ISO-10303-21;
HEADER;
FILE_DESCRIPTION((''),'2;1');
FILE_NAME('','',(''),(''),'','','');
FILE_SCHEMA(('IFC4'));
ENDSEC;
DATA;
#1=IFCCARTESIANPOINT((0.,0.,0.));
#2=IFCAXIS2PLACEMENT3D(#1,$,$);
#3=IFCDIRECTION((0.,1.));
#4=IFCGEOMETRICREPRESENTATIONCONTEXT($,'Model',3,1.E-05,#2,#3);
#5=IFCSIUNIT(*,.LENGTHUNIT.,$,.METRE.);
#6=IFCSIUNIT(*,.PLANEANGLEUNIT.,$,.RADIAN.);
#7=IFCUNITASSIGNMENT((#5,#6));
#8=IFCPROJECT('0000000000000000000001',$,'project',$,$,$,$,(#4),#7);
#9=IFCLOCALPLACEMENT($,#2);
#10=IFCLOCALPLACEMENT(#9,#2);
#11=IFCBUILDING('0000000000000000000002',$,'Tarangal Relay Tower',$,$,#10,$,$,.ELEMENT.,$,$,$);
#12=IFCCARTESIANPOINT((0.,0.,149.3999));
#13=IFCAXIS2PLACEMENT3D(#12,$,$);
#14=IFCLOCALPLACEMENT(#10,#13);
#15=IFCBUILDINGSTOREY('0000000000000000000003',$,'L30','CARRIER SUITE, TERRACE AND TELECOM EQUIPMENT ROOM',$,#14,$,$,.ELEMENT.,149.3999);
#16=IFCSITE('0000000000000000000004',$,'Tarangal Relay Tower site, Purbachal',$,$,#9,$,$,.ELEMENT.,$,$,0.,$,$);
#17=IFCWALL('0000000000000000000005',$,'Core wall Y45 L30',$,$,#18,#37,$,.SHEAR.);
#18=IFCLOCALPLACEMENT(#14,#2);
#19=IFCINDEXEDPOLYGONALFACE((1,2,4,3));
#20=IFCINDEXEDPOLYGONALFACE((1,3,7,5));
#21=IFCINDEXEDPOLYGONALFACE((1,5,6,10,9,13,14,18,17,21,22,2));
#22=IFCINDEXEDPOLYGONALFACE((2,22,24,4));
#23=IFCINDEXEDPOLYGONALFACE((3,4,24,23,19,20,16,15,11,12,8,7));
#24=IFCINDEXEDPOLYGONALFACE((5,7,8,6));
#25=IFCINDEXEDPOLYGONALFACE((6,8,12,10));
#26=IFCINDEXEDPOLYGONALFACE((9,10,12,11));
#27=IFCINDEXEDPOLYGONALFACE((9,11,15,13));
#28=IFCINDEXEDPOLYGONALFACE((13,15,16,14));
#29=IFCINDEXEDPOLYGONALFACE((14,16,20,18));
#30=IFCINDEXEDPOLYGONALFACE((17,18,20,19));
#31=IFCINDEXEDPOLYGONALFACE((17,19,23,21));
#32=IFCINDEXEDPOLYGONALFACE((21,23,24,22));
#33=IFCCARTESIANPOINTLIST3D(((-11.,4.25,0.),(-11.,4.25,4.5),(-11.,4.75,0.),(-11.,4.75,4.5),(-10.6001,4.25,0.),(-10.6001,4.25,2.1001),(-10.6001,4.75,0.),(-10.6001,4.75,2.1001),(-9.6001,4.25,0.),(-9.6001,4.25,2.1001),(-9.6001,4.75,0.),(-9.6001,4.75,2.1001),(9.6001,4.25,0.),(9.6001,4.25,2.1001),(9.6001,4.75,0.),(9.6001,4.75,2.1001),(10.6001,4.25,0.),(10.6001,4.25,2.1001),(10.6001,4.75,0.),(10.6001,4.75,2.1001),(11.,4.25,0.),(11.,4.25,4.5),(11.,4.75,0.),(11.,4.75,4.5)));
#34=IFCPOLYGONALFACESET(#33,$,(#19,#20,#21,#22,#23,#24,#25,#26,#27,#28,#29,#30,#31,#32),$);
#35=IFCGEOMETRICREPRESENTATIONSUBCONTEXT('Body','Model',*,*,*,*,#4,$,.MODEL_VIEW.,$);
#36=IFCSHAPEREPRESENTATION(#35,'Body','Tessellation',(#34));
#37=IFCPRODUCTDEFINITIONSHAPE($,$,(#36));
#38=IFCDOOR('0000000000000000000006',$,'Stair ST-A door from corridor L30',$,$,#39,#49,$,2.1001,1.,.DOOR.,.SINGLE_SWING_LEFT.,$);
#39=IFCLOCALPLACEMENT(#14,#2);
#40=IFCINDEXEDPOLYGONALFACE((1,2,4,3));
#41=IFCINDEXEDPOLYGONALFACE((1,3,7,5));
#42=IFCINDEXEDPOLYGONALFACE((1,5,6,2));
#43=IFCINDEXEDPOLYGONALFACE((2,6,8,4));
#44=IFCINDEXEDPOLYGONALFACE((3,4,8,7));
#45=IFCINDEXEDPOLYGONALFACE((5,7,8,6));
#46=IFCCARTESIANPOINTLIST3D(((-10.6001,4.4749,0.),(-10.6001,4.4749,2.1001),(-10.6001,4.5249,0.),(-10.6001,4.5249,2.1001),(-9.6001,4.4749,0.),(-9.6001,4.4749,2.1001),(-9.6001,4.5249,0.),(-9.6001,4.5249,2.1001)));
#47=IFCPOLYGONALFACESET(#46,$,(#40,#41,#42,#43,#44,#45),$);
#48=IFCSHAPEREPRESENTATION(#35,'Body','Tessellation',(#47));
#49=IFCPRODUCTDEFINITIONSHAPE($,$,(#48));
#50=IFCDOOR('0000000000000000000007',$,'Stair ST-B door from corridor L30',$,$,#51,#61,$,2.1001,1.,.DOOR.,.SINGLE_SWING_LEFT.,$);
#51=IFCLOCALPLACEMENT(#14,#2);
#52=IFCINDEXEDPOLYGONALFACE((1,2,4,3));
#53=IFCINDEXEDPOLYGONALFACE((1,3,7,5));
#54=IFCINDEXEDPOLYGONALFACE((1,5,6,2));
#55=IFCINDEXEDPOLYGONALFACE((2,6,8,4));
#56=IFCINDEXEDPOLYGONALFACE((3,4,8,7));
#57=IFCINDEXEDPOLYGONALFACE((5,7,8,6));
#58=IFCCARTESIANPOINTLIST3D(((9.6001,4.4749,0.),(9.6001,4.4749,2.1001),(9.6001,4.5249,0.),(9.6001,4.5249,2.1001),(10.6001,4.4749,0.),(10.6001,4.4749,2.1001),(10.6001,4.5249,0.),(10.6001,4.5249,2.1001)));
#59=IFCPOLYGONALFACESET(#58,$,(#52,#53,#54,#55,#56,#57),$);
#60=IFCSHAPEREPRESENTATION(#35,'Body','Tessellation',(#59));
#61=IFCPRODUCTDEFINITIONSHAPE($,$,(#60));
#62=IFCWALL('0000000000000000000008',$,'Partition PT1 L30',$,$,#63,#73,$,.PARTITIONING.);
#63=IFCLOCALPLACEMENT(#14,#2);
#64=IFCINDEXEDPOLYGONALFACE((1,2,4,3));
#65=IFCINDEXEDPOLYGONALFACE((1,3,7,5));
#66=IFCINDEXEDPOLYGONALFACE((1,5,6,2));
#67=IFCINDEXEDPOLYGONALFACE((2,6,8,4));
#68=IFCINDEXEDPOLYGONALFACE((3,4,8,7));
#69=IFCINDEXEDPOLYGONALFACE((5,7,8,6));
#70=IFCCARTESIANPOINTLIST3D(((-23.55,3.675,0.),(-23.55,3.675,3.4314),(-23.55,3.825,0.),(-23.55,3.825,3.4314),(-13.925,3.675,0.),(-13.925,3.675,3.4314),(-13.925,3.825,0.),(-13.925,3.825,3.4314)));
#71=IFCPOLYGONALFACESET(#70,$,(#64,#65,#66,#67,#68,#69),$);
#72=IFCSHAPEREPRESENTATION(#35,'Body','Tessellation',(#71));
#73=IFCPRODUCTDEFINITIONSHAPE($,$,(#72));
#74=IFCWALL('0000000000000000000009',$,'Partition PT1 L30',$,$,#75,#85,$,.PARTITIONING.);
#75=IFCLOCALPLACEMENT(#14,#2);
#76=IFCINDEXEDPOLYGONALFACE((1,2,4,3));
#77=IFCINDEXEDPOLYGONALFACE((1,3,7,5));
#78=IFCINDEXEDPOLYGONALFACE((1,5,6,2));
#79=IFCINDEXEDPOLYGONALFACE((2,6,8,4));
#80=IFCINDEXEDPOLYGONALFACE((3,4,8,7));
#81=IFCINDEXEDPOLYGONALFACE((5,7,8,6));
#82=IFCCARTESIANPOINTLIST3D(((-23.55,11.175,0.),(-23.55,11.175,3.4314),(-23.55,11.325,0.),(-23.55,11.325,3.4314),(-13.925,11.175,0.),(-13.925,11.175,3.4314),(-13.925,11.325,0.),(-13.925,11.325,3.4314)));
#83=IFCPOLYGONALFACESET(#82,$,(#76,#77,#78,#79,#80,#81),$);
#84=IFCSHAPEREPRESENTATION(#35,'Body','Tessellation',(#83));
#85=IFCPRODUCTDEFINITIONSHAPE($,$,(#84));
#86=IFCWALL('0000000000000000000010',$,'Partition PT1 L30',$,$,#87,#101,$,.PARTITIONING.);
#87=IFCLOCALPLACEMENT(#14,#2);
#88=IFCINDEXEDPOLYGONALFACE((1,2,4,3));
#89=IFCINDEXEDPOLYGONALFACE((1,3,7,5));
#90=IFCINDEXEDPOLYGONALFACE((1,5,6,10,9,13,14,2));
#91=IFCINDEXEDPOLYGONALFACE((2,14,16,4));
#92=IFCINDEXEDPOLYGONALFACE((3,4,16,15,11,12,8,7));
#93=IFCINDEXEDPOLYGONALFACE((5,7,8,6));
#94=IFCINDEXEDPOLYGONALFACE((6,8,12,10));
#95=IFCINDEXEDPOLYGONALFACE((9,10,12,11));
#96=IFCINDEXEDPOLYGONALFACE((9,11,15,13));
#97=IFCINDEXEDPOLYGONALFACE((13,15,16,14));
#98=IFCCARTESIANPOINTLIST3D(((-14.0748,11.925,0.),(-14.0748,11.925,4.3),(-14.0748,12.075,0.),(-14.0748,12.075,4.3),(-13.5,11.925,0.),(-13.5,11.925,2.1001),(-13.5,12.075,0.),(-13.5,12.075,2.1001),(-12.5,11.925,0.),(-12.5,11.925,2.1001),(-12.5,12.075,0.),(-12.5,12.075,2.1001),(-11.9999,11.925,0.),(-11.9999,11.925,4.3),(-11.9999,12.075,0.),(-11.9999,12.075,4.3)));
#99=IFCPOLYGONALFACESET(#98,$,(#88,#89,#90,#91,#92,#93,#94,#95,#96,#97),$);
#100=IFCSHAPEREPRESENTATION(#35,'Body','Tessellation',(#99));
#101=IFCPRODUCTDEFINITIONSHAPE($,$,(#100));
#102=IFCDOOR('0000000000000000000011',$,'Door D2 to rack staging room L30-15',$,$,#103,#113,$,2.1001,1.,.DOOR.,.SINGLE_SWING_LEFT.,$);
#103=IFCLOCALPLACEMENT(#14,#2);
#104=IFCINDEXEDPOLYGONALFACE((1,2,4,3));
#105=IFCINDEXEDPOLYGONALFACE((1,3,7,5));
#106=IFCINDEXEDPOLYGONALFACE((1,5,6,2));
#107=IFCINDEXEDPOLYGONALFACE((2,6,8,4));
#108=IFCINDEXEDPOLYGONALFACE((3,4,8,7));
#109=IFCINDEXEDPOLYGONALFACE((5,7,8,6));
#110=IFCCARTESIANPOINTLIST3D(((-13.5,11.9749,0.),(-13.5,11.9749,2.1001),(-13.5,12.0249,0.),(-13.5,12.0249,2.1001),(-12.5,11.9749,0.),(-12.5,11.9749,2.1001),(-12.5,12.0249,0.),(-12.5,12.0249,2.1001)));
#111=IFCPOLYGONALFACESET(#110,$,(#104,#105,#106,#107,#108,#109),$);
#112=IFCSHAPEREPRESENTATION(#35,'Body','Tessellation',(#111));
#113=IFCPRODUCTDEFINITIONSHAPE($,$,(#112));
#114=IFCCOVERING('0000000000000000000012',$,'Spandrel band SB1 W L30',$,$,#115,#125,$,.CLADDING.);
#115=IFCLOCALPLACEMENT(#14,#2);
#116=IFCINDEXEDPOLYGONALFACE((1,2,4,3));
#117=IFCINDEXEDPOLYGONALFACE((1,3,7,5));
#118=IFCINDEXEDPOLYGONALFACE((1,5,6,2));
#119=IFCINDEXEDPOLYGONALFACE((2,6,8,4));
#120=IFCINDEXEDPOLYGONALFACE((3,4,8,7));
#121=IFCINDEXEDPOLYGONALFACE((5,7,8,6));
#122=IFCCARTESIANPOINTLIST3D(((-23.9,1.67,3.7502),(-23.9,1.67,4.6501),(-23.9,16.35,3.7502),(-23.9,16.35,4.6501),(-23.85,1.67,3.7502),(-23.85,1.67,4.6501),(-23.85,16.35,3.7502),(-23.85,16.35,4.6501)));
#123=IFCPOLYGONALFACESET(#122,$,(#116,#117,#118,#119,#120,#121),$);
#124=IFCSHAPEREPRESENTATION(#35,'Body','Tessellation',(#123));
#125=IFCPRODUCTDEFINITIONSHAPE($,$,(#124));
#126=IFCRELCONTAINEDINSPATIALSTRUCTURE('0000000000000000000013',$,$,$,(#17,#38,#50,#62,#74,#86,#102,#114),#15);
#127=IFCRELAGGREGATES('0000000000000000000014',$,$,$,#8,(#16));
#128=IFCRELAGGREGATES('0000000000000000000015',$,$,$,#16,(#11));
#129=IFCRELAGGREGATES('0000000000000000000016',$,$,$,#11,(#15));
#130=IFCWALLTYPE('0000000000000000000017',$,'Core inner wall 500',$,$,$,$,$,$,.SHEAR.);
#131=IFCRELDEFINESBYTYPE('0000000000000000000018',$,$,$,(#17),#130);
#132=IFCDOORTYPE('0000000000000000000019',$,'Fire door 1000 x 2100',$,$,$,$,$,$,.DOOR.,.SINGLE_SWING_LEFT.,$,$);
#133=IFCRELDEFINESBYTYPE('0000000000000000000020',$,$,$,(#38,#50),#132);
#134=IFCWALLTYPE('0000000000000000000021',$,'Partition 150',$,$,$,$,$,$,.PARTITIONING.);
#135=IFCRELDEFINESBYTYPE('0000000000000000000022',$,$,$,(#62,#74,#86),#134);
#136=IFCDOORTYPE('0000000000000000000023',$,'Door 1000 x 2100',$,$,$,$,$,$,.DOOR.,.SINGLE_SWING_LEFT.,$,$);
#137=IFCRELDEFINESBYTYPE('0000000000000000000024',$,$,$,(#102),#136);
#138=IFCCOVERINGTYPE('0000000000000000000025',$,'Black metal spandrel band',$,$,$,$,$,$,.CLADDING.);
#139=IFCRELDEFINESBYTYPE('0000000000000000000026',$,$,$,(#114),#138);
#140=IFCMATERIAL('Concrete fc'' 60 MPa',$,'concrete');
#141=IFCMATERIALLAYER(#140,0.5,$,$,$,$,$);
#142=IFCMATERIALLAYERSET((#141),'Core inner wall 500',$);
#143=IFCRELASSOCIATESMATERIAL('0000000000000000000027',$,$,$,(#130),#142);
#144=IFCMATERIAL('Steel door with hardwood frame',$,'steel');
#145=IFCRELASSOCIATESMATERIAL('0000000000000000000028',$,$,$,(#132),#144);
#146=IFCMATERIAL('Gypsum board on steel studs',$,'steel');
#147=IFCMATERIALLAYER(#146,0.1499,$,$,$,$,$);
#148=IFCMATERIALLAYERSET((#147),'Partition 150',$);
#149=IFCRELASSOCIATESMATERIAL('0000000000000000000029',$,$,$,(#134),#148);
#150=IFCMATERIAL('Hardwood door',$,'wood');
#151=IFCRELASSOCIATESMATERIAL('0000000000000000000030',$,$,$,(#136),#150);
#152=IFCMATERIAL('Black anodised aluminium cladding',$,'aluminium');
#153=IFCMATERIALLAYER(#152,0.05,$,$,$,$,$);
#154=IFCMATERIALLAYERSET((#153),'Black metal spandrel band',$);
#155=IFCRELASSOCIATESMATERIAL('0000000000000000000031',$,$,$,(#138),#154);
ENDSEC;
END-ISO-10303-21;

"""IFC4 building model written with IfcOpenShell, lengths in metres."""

from ifc_helpers import new_model, si_unit, direction, frame, frame_2d, origin, origin_2d, place, context, subcontext, project, spatial, rectangle, extrude, material, layer, layer_set, type_object, element, fill, save


model = new_model("IFC4")

# Units and contexts
model_context = context("Model", 3, precision=1e-05, world=origin(), true_north=direction((0.0, 1.0)))
body_context = subcontext(model_context, "Body", "Model", "MODEL_VIEW")
ifc_project = project(units=[si_unit("LENGTHUNIT", "METRE"), si_unit("PLANEANGLEUNIT", "RADIAN")], contexts=[model_context])

# Site, building, storey
site_placement = place(None, origin())
site = spatial("IfcSite", under=ifc_project, at=site_placement, Name="Tarangal Relay Tower site, Purbachal", CompositionType="ELEMENT", RefElevation=0.0)
building_placement = place(site_placement, origin())
building = spatial("IfcBuilding", under=site, at=building_placement, Name="Tarangal Relay Tower", CompositionType="ELEMENT")
storey_placement = place(building_placement, frame((0.0, 0.0, 149.3999)))
storey = spatial("IfcBuildingStorey", under=building, at=storey_placement, Name="L30", Description="CARRIER SUITE, TERRACE AND TELECOM EQUIPMENT ROOM", CompositionType="ELEMENT", Elevation=149.3999)

# Wall, openings, doors
ifc_material_1 = material(Name="Concrete fc' 60 MPa", Category="concrete")
ifc_layer_1 = layer(ifc_material_1, 0.5)
ifc_layer_set_1 = layer_set([ifc_layer_1], Name="Core inner wall 500")
wall_type_1 = type_object("IfcWallType", Name="Core inner wall 500", PredefinedType="SHEAR", material=ifc_layer_set_1)
wall_1_placement = place(storey_placement, frame((-11.0, 4.5, 0.0), z_axis=(0.0, 0.0, 1.0), x_axis=(1.0, 0.0, 0.0)))
wall_1 = element("IfcWall", 1, at=wall_1_placement, inside=storey, type_object=wall_type_1, Name="Core wall Y45 L30", PredefinedType="SHEAR", context=body_context, shape_type="SweptSolid", body=[
    extrude(rectangle(XDim=22.0, YDim=0.5, at=frame_2d((11.0, 0.0))), origin(), (0.0, 0.0, 1.0), 4.5),
])
opening_1_placement = place(wall_1_placement, frame((0.3999, 0.0, 0.0)))
opening_1 = element("IfcOpeningElement", 2, at=opening_1_placement, cuts=wall_1, PredefinedType="OPENING", context=body_context, shape_type="SweptSolid", body=[
    extrude(rectangle(XDim=1.0, YDim=2.1001, at=frame_2d((0.5, 1.05))), frame((0.0, 0.26, 0.0), z_axis=(0.0, -1.0, 0.0), x_axis=(1.0, 0.0, 0.0)), (0.0, 0.0, 1.0), 0.52),
])
opening_2_placement = place(wall_1_placement, frame((20.6001, 0.0, 0.0)))
opening_2 = element("IfcOpeningElement", 3, at=opening_2_placement, cuts=wall_1, PredefinedType="OPENING", context=body_context, shape_type="SweptSolid", body=[
    extrude(rectangle(XDim=1.0, YDim=2.1001, at=frame_2d((0.5, 1.05))), frame((0.0, 0.26, 0.0), z_axis=(0.0, -1.0, 0.0), x_axis=(1.0, 0.0, 0.0)), (0.0, 0.0, 1.0), 0.52),
])
ifc_material_2 = material(Name="Steel door with hardwood frame", Category="steel")
door_type_1 = type_object("IfcDoorType", Name="Fire door 1000 x 2100", OperationType="SINGLE_SWING_LEFT", PredefinedType="DOOR", material=ifc_material_2)
door_1_placement = place(opening_1_placement, origin())
door_1 = element("IfcDoor", 4, at=door_1_placement, inside=storey, type_object=door_type_1, Name="Stair ST-A door from corridor L30", OperationType="SINGLE_SWING_LEFT", OverallHeight=2.1001, OverallWidth=1.0, PredefinedType="DOOR", context=body_context, shape_type="SweptSolid", body=[
    extrude(rectangle(XDim=1.0, YDim=2.1001, at=frame_2d((0.5, 1.05))), frame((0.0, 0.0249, 0.0), z_axis=(0.0, -1.0, 0.0), x_axis=(1.0, 0.0, 0.0)), (0.0, 0.0, 1.0), 0.05),
])
fill(opening_1, door_1)
door_2_placement = place(opening_2_placement, origin())
door_2 = element("IfcDoor", 5, at=door_2_placement, inside=storey, type_object=door_type_1, Name="Stair ST-B door from corridor L30", OperationType="SINGLE_SWING_LEFT", OverallHeight=2.1001, OverallWidth=1.0, PredefinedType="DOOR", context=body_context, shape_type="SweptSolid", body=[
    extrude(rectangle(XDim=1.0, YDim=2.1001, at=frame_2d((0.5, 1.05))), frame((0.0, 0.0249, 0.0), z_axis=(0.0, -1.0, 0.0), x_axis=(1.0, 0.0, 0.0)), (0.0, 0.0, 1.0), 0.05),
])
fill(opening_2, door_2)

# Walls
ifc_material_3 = material(Name="Gypsum board on steel studs", Category="steel")
ifc_layer_2 = layer(ifc_material_3, 0.1499)
ifc_layer_set_2 = layer_set([ifc_layer_2], Name="Partition 150")
wall_type_2 = type_object("IfcWallType", Name="Partition 150", PredefinedType="PARTITIONING", material=ifc_layer_set_2)
for number, where, z_axis, x_axis, name in (
    (6, (-23.55, 3.75, 0.0), (0.0, 0.0, 1.0), (1.0, 0.0, 0.0), "Partition PT1 L30"),
    (7, (-23.55, 11.25, 0.0), (0.0, 0.0, 1.0), (1.0, 0.0, 0.0), "Partition PT1 L30"),
):
    element("IfcWall", number, at=place(storey_placement, frame(where, z_axis=z_axis, x_axis=x_axis)), inside=storey, type_object=wall_type_2, Name=name, PredefinedType="PARTITIONING", context=body_context, shape_type="SweptSolid", body=[
        extrude(rectangle(XDim=9.625, YDim=0.1499, at=frame_2d((4.8125, 0.0))), origin(), (0.0, 0.0, 1.0), 3.4314),
    ])

# Wall, opening, door
wall_2_placement = place(storey_placement, frame((-14.075, 12.0, 0.0), z_axis=(0.0, 0.0, 1.0), x_axis=(1.0, 0.0, 0.0)))
wall_2 = element("IfcWall", 8, at=wall_2_placement, inside=storey, type_object=wall_type_2, Name="Partition PT1 L30", PredefinedType="PARTITIONING", context=body_context, shape_type="SweptSolid", body=[
    extrude(rectangle(XDim=2.075, YDim=0.1499, at=frame_2d((1.0376, 0.0))), origin(), (0.0, 0.0, 1.0), 4.3),
])
opening_3_placement = place(wall_2_placement, frame((0.575, 0.0, 0.0)))
opening_3 = element("IfcOpeningElement", 9, at=opening_3_placement, cuts=wall_2, PredefinedType="OPENING", context=body_context, shape_type="SweptSolid", body=[
    extrude(rectangle(XDim=1.0, YDim=2.1001, at=frame_2d((0.5, 1.05))), frame((0.0, 0.085, 0.0), z_axis=(0.0, -1.0, 0.0), x_axis=(1.0, 0.0, 0.0)), (0.0, 0.0, 1.0), 0.1699),
])
ifc_material_4 = material(Name="Hardwood door", Category="wood")
door_type_2 = type_object("IfcDoorType", Name="Door 1000 x 2100", OperationType="SINGLE_SWING_LEFT", PredefinedType="DOOR", material=ifc_material_4)
door_3_placement = place(opening_3_placement, origin())
door_3 = element("IfcDoor", 10, at=door_3_placement, inside=storey, type_object=door_type_2, Name="Door D2 to rack staging room L30-15", OperationType="SINGLE_SWING_LEFT", OverallHeight=2.1001, OverallWidth=1.0, PredefinedType="DOOR", context=body_context, shape_type="SweptSolid", body=[
    extrude(rectangle(XDim=1.0, YDim=2.1001, at=frame_2d((0.5, 1.05))), frame((0.0, 0.0249, 0.0), z_axis=(0.0, -1.0, 0.0), x_axis=(1.0, 0.0, 0.0)), (0.0, 0.0, 1.0), 0.05),
])
fill(opening_3, door_3)

# Covering
ifc_material_5 = material(Name="Black anodised aluminium cladding", Category="aluminium")
ifc_layer_3 = layer(ifc_material_5, 0.05)
ifc_layer_set_3 = layer_set([ifc_layer_3], Name="Black metal spandrel band")
covering_type = type_object("IfcCoveringType", Name="Black metal spandrel band", PredefinedType="CLADDING", material=ifc_layer_set_3)
covering_placement = place(storey_placement, frame((-23.875, 9.01, 3.7502), z_axis=(0.0, 0.0, 1.0), x_axis=(0.0, 1.0, 0.0)))
element("IfcCovering", 11, at=covering_placement, inside=storey, type_object=covering_type, Name="Spandrel band SB1 W L30", PredefinedType="CLADDING", context=body_context, shape_type="SweptSolid", body=[
    extrude(rectangle(XDim=14.6799, YDim=0.05, at=origin_2d()), origin(), (0.0, 0.0, 1.0), 0.8999),
])

save(model, "model.ifc")
